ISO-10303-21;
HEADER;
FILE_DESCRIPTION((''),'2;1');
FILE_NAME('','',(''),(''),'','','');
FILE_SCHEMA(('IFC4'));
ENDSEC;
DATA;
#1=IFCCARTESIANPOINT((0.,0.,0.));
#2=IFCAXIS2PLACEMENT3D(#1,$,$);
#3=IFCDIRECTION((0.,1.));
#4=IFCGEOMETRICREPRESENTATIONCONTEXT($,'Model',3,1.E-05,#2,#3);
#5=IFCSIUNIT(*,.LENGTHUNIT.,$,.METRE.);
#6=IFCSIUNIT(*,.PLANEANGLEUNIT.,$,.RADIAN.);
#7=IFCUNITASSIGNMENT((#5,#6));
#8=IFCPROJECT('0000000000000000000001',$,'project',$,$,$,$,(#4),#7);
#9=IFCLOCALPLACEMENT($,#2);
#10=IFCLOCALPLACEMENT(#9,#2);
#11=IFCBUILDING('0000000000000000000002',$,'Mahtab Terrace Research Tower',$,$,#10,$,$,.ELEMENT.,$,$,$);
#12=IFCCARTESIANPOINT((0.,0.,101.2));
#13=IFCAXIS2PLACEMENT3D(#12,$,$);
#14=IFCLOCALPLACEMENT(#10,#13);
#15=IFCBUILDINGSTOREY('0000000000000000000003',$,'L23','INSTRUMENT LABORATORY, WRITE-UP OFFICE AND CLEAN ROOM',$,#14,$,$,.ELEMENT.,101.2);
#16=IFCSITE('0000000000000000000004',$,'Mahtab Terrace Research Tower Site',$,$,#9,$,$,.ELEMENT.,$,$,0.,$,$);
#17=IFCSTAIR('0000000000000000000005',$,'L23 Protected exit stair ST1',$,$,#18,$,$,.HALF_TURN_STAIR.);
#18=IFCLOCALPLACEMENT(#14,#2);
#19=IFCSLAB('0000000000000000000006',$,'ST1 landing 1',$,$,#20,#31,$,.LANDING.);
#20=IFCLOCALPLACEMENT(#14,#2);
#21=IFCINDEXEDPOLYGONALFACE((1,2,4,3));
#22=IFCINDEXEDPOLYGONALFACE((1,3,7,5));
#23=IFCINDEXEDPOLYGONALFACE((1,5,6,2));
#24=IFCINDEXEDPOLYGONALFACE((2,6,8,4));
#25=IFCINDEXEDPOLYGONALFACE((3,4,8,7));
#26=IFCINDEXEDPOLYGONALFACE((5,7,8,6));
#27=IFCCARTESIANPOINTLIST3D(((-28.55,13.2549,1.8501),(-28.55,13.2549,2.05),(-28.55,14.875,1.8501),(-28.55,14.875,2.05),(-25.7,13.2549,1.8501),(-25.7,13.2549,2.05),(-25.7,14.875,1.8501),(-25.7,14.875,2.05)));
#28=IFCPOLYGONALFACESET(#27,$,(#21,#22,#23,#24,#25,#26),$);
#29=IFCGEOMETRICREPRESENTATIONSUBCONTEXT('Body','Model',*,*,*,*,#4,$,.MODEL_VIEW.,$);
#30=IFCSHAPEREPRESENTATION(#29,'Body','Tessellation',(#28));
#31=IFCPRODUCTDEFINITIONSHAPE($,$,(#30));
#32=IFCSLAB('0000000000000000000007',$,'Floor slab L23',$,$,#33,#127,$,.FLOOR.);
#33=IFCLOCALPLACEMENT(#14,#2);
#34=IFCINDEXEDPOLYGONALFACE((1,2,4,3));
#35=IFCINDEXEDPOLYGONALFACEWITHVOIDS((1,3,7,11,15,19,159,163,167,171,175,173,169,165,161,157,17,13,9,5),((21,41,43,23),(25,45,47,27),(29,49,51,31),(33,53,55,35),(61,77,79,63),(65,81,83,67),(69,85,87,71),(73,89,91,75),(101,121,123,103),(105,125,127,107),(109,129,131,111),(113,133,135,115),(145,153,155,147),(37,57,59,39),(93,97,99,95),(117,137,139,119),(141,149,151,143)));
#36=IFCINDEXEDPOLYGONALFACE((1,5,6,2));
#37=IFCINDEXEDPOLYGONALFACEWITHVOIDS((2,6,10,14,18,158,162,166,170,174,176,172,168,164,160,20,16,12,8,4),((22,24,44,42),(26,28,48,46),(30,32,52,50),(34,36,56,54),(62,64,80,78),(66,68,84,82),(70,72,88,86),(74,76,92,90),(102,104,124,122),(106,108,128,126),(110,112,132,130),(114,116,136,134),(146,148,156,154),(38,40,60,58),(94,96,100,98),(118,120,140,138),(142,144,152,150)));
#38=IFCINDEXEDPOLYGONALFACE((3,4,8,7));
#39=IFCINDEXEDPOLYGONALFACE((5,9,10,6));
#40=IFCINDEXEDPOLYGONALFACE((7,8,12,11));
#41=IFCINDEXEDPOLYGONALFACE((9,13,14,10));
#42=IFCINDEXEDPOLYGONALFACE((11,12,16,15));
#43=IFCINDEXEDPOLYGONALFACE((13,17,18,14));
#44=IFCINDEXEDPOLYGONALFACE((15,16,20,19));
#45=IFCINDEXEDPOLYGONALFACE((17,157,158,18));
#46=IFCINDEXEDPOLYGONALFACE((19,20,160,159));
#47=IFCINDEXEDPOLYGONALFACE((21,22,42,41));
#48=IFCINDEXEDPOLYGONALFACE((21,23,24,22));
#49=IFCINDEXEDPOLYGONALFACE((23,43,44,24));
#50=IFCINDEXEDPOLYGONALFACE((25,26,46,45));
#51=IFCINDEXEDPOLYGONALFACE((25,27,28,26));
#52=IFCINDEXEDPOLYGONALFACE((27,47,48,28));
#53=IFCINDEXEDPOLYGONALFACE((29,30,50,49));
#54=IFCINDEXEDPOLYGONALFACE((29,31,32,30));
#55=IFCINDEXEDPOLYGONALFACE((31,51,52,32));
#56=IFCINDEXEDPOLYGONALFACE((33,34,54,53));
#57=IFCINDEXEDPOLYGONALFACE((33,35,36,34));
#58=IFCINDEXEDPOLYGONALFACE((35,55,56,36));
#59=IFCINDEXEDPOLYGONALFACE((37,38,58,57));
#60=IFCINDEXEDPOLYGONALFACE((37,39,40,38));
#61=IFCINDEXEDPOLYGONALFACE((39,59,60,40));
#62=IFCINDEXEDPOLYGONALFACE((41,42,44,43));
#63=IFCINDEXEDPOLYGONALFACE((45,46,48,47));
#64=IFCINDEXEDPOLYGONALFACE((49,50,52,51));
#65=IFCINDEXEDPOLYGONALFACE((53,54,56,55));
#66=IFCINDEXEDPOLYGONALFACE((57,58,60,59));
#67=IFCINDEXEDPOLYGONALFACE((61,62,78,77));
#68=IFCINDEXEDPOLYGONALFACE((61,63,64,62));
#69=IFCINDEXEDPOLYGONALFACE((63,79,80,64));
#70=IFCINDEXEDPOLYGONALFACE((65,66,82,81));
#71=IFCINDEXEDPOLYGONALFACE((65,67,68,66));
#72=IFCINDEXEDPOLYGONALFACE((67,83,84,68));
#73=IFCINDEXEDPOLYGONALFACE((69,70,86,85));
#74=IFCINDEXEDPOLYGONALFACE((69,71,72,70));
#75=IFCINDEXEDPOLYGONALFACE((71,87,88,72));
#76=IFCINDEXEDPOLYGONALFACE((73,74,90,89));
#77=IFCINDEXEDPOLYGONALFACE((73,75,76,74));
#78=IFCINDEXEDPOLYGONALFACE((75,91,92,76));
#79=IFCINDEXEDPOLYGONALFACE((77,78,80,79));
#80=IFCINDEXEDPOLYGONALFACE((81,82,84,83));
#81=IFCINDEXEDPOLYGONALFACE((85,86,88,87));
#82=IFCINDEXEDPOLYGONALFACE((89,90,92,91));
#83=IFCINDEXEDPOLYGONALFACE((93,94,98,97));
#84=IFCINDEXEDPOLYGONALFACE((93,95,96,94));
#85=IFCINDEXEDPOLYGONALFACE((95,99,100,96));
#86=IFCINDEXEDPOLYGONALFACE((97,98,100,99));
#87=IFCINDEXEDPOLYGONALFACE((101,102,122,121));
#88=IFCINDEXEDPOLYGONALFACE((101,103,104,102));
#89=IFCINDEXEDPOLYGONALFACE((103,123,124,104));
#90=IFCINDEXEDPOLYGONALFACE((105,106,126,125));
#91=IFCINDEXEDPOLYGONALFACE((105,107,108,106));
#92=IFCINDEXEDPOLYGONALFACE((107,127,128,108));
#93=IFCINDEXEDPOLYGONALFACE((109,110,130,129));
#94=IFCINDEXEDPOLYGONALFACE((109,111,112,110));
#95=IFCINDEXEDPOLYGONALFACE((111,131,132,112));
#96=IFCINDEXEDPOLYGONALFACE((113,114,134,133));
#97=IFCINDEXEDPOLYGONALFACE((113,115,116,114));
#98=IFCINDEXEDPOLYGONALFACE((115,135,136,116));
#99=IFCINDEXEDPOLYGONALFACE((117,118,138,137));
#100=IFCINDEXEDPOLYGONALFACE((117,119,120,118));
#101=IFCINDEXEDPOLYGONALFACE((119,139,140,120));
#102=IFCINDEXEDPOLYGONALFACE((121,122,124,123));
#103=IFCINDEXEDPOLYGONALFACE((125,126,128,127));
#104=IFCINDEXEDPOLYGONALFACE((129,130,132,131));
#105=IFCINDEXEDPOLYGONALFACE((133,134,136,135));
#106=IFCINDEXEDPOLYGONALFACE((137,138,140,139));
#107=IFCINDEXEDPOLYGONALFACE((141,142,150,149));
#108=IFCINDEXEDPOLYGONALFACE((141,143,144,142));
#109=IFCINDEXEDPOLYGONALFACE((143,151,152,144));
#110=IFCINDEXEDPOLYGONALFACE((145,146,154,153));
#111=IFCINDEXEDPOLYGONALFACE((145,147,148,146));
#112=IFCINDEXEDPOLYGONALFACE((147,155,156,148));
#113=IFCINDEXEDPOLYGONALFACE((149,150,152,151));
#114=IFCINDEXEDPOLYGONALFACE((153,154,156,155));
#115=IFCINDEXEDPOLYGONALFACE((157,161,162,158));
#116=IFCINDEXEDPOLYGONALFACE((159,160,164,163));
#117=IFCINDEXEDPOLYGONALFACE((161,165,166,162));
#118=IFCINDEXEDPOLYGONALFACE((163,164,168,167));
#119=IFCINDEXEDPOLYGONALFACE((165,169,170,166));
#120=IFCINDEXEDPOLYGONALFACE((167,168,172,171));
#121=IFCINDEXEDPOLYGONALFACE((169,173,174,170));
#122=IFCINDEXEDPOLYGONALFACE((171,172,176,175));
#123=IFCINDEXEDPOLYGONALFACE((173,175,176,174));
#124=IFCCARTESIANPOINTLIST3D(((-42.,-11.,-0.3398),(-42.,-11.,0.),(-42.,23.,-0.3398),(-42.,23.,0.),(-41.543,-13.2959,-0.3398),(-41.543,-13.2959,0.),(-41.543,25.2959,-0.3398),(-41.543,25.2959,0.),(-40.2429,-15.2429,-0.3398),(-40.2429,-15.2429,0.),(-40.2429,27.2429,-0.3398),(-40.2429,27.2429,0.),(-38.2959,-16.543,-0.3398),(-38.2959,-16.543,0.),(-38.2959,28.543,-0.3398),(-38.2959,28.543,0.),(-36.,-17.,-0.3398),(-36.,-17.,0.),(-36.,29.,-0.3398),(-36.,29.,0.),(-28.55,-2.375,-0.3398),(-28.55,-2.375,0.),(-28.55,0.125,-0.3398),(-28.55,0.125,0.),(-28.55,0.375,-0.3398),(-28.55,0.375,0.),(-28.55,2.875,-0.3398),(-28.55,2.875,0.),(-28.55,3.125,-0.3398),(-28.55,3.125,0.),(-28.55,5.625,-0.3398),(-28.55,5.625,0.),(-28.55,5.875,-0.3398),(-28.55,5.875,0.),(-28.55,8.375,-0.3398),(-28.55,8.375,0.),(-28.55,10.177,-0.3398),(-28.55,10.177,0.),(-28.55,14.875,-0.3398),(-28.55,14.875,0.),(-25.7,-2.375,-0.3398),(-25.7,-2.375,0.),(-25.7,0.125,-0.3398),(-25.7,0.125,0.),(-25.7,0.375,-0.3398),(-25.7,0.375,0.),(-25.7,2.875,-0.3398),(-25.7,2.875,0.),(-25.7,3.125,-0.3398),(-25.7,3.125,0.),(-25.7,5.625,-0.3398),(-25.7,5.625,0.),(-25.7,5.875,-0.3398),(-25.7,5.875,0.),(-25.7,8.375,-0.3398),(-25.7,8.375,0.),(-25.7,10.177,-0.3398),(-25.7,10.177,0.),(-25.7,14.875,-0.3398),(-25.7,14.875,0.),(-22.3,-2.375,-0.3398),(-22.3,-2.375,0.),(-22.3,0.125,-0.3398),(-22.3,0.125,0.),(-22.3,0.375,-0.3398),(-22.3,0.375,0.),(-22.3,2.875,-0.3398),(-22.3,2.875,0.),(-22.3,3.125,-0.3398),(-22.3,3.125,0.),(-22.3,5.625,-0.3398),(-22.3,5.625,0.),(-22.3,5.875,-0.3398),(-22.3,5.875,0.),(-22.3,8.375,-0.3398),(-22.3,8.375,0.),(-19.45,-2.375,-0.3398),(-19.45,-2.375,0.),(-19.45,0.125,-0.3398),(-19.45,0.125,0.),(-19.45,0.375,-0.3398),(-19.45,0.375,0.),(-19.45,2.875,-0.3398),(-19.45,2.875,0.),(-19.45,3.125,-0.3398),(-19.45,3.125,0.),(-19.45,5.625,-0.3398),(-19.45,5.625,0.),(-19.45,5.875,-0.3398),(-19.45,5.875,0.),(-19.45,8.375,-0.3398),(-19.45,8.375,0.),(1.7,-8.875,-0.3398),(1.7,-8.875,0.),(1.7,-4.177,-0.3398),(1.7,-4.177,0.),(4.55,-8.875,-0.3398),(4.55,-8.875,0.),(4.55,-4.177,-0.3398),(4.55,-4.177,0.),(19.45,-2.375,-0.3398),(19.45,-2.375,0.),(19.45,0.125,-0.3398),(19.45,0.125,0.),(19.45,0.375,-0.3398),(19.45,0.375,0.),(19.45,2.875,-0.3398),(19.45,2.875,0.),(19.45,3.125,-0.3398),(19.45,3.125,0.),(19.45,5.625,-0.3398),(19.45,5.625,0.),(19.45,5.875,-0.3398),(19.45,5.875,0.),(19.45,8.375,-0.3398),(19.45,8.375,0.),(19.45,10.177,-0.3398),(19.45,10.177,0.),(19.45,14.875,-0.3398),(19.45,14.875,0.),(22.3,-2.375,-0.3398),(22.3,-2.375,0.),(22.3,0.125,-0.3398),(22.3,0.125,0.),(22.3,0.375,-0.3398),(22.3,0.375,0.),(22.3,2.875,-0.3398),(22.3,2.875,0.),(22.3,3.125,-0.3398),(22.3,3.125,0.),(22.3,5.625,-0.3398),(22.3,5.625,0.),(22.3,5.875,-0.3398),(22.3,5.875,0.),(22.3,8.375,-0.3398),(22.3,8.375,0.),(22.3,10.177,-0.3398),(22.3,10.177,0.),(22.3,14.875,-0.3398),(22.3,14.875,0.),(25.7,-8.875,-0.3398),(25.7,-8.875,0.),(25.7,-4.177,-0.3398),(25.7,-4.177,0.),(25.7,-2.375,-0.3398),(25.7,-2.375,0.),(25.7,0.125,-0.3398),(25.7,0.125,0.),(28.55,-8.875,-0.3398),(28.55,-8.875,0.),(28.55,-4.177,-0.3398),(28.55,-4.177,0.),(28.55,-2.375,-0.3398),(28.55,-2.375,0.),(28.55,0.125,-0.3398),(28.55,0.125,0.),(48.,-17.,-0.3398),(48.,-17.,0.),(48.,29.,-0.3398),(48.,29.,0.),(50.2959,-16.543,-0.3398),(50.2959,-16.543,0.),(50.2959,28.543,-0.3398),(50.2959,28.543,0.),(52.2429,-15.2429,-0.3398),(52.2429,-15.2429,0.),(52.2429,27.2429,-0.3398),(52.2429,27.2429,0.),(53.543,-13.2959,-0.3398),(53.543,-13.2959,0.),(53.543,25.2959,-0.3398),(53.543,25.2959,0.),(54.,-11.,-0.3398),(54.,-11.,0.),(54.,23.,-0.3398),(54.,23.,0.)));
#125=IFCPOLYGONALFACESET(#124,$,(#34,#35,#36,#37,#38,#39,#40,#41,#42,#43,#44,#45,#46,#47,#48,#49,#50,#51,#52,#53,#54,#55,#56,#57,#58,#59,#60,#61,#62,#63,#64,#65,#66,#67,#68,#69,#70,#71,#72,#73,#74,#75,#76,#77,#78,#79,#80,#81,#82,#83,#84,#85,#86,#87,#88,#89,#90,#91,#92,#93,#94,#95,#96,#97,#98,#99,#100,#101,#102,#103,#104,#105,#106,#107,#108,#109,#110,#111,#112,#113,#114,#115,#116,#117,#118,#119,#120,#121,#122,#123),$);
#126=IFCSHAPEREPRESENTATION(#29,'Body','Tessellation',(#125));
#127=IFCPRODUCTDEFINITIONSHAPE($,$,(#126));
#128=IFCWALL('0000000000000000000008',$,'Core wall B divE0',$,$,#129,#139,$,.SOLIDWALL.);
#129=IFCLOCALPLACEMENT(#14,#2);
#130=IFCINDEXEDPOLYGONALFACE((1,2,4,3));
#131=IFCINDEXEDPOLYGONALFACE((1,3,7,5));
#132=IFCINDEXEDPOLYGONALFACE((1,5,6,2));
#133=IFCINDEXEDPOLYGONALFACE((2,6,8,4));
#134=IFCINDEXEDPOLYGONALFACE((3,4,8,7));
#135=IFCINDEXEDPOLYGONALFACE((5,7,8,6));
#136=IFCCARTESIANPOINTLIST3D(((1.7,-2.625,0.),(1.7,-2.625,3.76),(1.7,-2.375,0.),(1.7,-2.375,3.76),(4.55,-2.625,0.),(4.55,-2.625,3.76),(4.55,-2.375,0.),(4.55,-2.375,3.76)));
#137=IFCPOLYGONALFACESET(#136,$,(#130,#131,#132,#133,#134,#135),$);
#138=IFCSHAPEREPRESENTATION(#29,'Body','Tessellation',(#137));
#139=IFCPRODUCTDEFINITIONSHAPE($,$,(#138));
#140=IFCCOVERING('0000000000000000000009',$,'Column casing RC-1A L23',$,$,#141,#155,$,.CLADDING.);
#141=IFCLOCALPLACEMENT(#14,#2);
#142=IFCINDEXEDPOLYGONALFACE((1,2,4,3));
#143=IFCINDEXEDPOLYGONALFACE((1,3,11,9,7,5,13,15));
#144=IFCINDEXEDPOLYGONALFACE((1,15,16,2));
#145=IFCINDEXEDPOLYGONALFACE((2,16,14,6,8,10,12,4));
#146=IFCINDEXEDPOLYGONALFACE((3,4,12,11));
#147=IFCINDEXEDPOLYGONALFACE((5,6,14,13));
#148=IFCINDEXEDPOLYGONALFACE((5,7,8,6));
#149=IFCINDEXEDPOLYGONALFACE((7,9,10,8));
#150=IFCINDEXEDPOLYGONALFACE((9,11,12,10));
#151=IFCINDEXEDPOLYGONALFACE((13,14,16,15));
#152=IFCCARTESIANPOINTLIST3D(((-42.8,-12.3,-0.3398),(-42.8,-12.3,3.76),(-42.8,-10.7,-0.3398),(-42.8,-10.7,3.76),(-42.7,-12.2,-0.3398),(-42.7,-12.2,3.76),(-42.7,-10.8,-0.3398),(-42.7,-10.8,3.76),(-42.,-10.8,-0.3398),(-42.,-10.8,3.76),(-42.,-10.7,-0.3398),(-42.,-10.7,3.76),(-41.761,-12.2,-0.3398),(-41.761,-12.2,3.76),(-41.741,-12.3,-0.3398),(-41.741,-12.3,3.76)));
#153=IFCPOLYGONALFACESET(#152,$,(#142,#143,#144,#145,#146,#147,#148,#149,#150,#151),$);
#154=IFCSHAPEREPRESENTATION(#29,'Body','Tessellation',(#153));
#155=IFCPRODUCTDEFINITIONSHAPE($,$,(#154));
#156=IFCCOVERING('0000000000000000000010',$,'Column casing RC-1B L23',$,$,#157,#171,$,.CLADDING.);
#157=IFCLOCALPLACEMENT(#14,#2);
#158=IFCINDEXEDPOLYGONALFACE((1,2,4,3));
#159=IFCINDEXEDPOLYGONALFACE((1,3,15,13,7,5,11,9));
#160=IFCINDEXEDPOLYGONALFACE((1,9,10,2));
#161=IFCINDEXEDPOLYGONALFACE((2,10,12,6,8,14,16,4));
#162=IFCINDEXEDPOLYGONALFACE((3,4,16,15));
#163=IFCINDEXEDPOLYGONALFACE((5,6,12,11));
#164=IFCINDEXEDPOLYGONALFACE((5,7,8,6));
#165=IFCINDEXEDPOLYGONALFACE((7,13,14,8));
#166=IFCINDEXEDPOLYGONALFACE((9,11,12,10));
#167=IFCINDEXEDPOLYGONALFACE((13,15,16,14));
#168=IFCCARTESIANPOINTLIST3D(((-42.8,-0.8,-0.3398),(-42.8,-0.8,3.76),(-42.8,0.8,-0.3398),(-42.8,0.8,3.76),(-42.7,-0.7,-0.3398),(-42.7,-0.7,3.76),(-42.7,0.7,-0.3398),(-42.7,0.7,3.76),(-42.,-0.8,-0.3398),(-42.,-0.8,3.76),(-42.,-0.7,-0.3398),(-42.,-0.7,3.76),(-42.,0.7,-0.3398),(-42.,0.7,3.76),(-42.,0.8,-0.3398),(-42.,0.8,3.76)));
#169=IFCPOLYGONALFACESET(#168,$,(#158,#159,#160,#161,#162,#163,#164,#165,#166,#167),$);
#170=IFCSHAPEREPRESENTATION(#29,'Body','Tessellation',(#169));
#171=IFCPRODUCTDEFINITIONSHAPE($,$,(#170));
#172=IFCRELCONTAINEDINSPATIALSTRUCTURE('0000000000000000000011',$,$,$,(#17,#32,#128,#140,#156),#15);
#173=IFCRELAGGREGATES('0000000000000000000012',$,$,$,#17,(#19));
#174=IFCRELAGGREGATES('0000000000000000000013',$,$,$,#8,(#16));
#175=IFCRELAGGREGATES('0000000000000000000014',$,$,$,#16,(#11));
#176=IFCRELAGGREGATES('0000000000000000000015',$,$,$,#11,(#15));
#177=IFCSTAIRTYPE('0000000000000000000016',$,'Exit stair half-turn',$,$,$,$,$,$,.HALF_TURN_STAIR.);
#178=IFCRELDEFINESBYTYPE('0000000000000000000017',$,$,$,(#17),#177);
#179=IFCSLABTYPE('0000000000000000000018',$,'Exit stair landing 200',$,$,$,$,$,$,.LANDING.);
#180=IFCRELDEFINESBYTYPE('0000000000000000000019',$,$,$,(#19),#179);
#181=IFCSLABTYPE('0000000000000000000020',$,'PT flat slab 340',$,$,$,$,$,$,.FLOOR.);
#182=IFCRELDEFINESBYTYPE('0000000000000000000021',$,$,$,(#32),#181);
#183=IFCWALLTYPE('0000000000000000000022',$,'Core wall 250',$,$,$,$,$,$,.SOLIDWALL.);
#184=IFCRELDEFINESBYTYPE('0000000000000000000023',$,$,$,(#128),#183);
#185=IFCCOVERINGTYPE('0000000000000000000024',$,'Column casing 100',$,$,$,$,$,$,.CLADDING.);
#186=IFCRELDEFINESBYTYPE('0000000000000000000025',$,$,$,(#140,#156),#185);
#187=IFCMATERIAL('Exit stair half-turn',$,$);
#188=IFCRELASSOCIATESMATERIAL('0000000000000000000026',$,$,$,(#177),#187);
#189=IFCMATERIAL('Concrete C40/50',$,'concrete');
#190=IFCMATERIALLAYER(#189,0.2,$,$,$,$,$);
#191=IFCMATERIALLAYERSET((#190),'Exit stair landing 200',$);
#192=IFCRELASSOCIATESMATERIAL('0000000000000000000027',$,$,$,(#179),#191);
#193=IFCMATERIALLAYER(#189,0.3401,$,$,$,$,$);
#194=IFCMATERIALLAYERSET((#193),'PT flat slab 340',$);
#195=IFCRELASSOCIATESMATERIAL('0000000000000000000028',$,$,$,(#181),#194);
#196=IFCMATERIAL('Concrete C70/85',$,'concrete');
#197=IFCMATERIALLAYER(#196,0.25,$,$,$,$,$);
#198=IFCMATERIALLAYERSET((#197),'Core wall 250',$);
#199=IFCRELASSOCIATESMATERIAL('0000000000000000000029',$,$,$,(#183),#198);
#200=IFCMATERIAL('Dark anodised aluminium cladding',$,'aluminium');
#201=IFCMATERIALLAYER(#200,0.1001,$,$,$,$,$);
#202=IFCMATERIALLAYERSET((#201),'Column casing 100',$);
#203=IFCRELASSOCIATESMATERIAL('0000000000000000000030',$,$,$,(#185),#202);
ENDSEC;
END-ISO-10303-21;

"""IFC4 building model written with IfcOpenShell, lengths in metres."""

from ifc_helpers import new_model, si_unit, direction, frame, frame_2d, origin, place, context, subcontext, project, spatial, polyline, rectangle, outline, extrude, material, layer, layer_set, type_object, element, aggregate, save


model = new_model("IFC4")

# Units and contexts
model_context = context("Model", 3, precision=1e-05, world=origin(), true_north=direction((0.0, 1.0)))
body_context = subcontext(model_context, "Body", "Model", "MODEL_VIEW")
ifc_project = project(units=[si_unit("LENGTHUNIT", "METRE"), si_unit("PLANEANGLEUNIT", "RADIAN")], contexts=[model_context])

# Site, building, storey
site_placement = place(None, origin())
site = spatial("IfcSite", under=ifc_project, at=site_placement, Name="Mahtab Terrace Research Tower Site", CompositionType="ELEMENT", RefElevation=0.0)
building_placement = place(site_placement, origin())
building = spatial("IfcBuilding", under=site, at=building_placement, Name="Mahtab Terrace Research Tower", CompositionType="ELEMENT")
storey_placement = place(building_placement, frame((0.0, 0.0, 101.2)))
storey = spatial("IfcBuildingStorey", under=building, at=storey_placement, Name="L23", Description="INSTRUMENT LABORATORY, WRITE-UP OFFICE AND CLEAN ROOM", CompositionType="ELEMENT", Elevation=101.2)

# Stair, slab
ifc_material_1 = material(Name="Exit stair half-turn")
stair_type = type_object("IfcStairType", Name="Exit stair half-turn", PredefinedType="HALF_TURN_STAIR", material=ifc_material_1)
stair_placement = place(storey_placement, origin())
stair = element("IfcStair", 1, at=stair_placement, inside=storey, type_object=stair_type, Name="L23 Protected exit stair ST1", PredefinedType="HALF_TURN_STAIR")
ifc_material_2 = material(Name="Concrete C40/50", Category="concrete")
ifc_layer_1 = layer(ifc_material_2, 0.2)
ifc_layer_set_1 = layer_set([ifc_layer_1], Name="Exit stair landing 200")
slab_type_1 = type_object("IfcSlabType", Name="Exit stair landing 200", PredefinedType="LANDING", material=ifc_layer_set_1)
slab_1_placement = place(storey_placement, frame((0.0, 0.0, 1.8501)))
slab_1 = element("IfcSlab", 2, at=slab_1_placement, type_object=slab_type_1, Name="ST1 landing 1", PredefinedType="LANDING", context=body_context, shape_type="SweptSolid", body=[
    extrude(outline(polyline([(-25.7, 13.2549), (-25.7, 14.875), (-28.55, 14.875), (-28.55, 13.2549), (-25.7, 13.2549)])), origin(), (0.0, 0.0, 1.0), 0.2),
])
aggregate(stair, [slab_1])

# Slab
ifc_layer_2 = layer(ifc_material_2, 0.3401)
ifc_layer_set_2 = layer_set([ifc_layer_2], Name="PT flat slab 340")
slab_type_2 = type_object("IfcSlabType", Name="PT flat slab 340", PredefinedType="FLOOR", material=ifc_layer_set_2)
slab_2_placement = place(storey_placement, frame((0.0, 0.0, -0.3398)))
element("IfcSlab", 3, at=slab_2_placement, inside=storey, type_object=slab_type_2, Name="Floor slab L23", PredefinedType="FLOOR", context=body_context, shape_type="SweptSolid", body=[
    extrude(outline(polyline([(53.543, 25.2959), (52.2429, 27.2429), (50.2959, 28.543), (48.0, 29.0), (-36.0, 29.0), (-38.2959, 28.543), (-40.2429, 27.2429), (-41.543, 25.2959), (-42.0, 23.0), (-42.0, -11.0), (-41.543, -13.2959), (-40.2429, -15.2429), (-38.2959, -16.543), (-36.0, -17.0), (48.0, -17.0), (50.2959, -16.543), (52.2429, -15.2429), (53.543, -13.2959), (54.0, -11.0), (54.0, 23.0), (53.543, 25.2959)]), holes=[polyline([(-28.55, -2.375), (-28.55, 0.125), (-25.7, 0.125), (-25.7, -2.375), (-28.55, -2.375)]), polyline([(-22.3, -2.375), (-22.3, 0.125), (-19.45, 0.125), (-19.45, -2.375), (-22.3, -2.375)]), polyline([(-28.55, 0.375), (-28.55, 2.875), (-25.7, 2.875), (-25.7, 0.375), (-28.55, 0.375)]), polyline([(-22.3, 0.375), (-22.3, 2.875), (-19.45, 2.875), (-19.45, 0.375), (-22.3, 0.375)]), polyline([(-28.55, 3.125), (-28.55, 5.625), (-25.7, 5.625), (-25.7, 3.125), (-28.55, 3.125)]), polyline([(-22.3, 3.125), (-22.3, 5.625), (-19.45, 5.625), (-19.45, 3.125), (-22.3, 3.125)]), polyline([(-28.55, 5.875), (-28.55, 8.375), (-25.7, 8.375), (-25.7, 5.875), (-28.55, 5.875)]), polyline([(-22.3, 5.875), (-22.3, 8.375), (-19.45, 8.375), (-19.45, 5.875), (-22.3, 5.875)]), polyline([(-28.55, 10.177), (-28.55, 14.875), (-25.7, 14.875), (-25.7, 10.177), (-28.55, 10.177)]), polyline([(1.7, -8.875), (1.7, -4.177), (4.55, -4.177), (4.55, -8.875), (1.7, -8.875)]), polyline([(25.7, -8.875), (25.7, -4.177), (28.55, -4.177), (28.55, -8.875), (25.7, -8.875)]), polyline([(19.45, -2.375), (19.45, 0.125), (22.3, 0.125), (22.3, -2.375), (19.45, -2.375)]), polyline([(25.7, -2.375), (25.7, 0.125), (28.55, 0.125), (28.55, -2.375), (25.7, -2.375)]), polyline([(19.45, 0.375), (19.45, 2.875), (22.3, 2.875), (22.3, 0.375), (19.45, 0.375)]), polyline([(19.45, 3.125), (19.45, 5.625), (22.3, 5.625), (22.3, 3.125), (19.45, 3.125)]), polyline([(19.45, 8.375), (22.3, 8.375), (22.3, 5.875), (19.45, 5.875), (19.45, 8.375)]), polyline([(19.45, 14.875), (22.3, 14.875), (22.3, 10.177), (19.45, 10.177), (19.45, 14.875)])]), origin(), (0.0, 0.0, 1.0), 0.3398),
])

# Wall
ifc_material_3 = material(Name="Concrete C70/85", Category="concrete")
ifc_layer_3 = layer(ifc_material_3, 0.25)
ifc_layer_set_3 = layer_set([ifc_layer_3], Name="Core wall 250")
wall_type = type_object("IfcWallType", Name="Core wall 250", PredefinedType="SOLIDWALL", material=ifc_layer_set_3)
wall_placement = place(storey_placement, frame((1.7, -2.5, 0.0), z_axis=(0.0, 0.0, 1.0), x_axis=(1.0, 0.0, 0.0)))
element("IfcWall", 4, at=wall_placement, inside=storey, type_object=wall_type, Name="Core wall B divE0", PredefinedType="SOLIDWALL", context=body_context, shape_type="SweptSolid", body=[
    extrude(rectangle(XDim=2.8501, YDim=0.25, at=frame_2d((1.425, 0.0))), origin(), (0.0, 0.0, 1.0), 3.76),
])

# Coverings
ifc_material_4 = material(Name="Dark anodised aluminium cladding", Category="aluminium")
ifc_layer_4 = layer(ifc_material_4, 0.1001)
ifc_layer_set_4 = layer_set([ifc_layer_4], Name="Column casing 100")
covering_type_1 = type_object("IfcCoveringType", Name="Column casing 100", PredefinedType="CLADDING", material=ifc_layer_set_4)
covering_1_placement = place(storey_placement, frame((0.0, 0.0, -0.3398)))
element("IfcCovering", 5, at=covering_1_placement, inside=storey, type_object=covering_type_1, Name="Column casing RC-1A L23", PredefinedType="CLADDING", context=body_context, shape_type="SweptSolid", body=[
    extrude(outline(polyline([(-42.8, -10.7), (-42.0, -10.7), (-42.0, -10.8), (-42.7, -10.8), (-42.7, -12.2), (-41.761, -12.2), (-41.741, -12.3), (-42.8, -12.3), (-42.8, -10.7)])), origin(), (0.0, 0.0, 1.0), 4.0999),
])
covering_2_placement = place(storey_placement, frame((0.0, 0.0, -0.3398)))
element("IfcCovering", 6, at=covering_2_placement, inside=storey, type_object=covering_type_1, Name="Column casing RC-1B L23", PredefinedType="CLADDING", context=body_context, shape_type="SweptSolid", body=[
    extrude(outline(polyline([(-42.8, 0.8), (-42.0, 0.8), (-42.0, 0.7), (-42.7, 0.7), (-42.7, -0.7), (-42.0, -0.7), (-42.0, -0.8), (-42.8, -0.8), (-42.8, 0.8)])), origin(), (0.0, 0.0, 1.0), 4.0999),
])

save(model, "model.ifc")
